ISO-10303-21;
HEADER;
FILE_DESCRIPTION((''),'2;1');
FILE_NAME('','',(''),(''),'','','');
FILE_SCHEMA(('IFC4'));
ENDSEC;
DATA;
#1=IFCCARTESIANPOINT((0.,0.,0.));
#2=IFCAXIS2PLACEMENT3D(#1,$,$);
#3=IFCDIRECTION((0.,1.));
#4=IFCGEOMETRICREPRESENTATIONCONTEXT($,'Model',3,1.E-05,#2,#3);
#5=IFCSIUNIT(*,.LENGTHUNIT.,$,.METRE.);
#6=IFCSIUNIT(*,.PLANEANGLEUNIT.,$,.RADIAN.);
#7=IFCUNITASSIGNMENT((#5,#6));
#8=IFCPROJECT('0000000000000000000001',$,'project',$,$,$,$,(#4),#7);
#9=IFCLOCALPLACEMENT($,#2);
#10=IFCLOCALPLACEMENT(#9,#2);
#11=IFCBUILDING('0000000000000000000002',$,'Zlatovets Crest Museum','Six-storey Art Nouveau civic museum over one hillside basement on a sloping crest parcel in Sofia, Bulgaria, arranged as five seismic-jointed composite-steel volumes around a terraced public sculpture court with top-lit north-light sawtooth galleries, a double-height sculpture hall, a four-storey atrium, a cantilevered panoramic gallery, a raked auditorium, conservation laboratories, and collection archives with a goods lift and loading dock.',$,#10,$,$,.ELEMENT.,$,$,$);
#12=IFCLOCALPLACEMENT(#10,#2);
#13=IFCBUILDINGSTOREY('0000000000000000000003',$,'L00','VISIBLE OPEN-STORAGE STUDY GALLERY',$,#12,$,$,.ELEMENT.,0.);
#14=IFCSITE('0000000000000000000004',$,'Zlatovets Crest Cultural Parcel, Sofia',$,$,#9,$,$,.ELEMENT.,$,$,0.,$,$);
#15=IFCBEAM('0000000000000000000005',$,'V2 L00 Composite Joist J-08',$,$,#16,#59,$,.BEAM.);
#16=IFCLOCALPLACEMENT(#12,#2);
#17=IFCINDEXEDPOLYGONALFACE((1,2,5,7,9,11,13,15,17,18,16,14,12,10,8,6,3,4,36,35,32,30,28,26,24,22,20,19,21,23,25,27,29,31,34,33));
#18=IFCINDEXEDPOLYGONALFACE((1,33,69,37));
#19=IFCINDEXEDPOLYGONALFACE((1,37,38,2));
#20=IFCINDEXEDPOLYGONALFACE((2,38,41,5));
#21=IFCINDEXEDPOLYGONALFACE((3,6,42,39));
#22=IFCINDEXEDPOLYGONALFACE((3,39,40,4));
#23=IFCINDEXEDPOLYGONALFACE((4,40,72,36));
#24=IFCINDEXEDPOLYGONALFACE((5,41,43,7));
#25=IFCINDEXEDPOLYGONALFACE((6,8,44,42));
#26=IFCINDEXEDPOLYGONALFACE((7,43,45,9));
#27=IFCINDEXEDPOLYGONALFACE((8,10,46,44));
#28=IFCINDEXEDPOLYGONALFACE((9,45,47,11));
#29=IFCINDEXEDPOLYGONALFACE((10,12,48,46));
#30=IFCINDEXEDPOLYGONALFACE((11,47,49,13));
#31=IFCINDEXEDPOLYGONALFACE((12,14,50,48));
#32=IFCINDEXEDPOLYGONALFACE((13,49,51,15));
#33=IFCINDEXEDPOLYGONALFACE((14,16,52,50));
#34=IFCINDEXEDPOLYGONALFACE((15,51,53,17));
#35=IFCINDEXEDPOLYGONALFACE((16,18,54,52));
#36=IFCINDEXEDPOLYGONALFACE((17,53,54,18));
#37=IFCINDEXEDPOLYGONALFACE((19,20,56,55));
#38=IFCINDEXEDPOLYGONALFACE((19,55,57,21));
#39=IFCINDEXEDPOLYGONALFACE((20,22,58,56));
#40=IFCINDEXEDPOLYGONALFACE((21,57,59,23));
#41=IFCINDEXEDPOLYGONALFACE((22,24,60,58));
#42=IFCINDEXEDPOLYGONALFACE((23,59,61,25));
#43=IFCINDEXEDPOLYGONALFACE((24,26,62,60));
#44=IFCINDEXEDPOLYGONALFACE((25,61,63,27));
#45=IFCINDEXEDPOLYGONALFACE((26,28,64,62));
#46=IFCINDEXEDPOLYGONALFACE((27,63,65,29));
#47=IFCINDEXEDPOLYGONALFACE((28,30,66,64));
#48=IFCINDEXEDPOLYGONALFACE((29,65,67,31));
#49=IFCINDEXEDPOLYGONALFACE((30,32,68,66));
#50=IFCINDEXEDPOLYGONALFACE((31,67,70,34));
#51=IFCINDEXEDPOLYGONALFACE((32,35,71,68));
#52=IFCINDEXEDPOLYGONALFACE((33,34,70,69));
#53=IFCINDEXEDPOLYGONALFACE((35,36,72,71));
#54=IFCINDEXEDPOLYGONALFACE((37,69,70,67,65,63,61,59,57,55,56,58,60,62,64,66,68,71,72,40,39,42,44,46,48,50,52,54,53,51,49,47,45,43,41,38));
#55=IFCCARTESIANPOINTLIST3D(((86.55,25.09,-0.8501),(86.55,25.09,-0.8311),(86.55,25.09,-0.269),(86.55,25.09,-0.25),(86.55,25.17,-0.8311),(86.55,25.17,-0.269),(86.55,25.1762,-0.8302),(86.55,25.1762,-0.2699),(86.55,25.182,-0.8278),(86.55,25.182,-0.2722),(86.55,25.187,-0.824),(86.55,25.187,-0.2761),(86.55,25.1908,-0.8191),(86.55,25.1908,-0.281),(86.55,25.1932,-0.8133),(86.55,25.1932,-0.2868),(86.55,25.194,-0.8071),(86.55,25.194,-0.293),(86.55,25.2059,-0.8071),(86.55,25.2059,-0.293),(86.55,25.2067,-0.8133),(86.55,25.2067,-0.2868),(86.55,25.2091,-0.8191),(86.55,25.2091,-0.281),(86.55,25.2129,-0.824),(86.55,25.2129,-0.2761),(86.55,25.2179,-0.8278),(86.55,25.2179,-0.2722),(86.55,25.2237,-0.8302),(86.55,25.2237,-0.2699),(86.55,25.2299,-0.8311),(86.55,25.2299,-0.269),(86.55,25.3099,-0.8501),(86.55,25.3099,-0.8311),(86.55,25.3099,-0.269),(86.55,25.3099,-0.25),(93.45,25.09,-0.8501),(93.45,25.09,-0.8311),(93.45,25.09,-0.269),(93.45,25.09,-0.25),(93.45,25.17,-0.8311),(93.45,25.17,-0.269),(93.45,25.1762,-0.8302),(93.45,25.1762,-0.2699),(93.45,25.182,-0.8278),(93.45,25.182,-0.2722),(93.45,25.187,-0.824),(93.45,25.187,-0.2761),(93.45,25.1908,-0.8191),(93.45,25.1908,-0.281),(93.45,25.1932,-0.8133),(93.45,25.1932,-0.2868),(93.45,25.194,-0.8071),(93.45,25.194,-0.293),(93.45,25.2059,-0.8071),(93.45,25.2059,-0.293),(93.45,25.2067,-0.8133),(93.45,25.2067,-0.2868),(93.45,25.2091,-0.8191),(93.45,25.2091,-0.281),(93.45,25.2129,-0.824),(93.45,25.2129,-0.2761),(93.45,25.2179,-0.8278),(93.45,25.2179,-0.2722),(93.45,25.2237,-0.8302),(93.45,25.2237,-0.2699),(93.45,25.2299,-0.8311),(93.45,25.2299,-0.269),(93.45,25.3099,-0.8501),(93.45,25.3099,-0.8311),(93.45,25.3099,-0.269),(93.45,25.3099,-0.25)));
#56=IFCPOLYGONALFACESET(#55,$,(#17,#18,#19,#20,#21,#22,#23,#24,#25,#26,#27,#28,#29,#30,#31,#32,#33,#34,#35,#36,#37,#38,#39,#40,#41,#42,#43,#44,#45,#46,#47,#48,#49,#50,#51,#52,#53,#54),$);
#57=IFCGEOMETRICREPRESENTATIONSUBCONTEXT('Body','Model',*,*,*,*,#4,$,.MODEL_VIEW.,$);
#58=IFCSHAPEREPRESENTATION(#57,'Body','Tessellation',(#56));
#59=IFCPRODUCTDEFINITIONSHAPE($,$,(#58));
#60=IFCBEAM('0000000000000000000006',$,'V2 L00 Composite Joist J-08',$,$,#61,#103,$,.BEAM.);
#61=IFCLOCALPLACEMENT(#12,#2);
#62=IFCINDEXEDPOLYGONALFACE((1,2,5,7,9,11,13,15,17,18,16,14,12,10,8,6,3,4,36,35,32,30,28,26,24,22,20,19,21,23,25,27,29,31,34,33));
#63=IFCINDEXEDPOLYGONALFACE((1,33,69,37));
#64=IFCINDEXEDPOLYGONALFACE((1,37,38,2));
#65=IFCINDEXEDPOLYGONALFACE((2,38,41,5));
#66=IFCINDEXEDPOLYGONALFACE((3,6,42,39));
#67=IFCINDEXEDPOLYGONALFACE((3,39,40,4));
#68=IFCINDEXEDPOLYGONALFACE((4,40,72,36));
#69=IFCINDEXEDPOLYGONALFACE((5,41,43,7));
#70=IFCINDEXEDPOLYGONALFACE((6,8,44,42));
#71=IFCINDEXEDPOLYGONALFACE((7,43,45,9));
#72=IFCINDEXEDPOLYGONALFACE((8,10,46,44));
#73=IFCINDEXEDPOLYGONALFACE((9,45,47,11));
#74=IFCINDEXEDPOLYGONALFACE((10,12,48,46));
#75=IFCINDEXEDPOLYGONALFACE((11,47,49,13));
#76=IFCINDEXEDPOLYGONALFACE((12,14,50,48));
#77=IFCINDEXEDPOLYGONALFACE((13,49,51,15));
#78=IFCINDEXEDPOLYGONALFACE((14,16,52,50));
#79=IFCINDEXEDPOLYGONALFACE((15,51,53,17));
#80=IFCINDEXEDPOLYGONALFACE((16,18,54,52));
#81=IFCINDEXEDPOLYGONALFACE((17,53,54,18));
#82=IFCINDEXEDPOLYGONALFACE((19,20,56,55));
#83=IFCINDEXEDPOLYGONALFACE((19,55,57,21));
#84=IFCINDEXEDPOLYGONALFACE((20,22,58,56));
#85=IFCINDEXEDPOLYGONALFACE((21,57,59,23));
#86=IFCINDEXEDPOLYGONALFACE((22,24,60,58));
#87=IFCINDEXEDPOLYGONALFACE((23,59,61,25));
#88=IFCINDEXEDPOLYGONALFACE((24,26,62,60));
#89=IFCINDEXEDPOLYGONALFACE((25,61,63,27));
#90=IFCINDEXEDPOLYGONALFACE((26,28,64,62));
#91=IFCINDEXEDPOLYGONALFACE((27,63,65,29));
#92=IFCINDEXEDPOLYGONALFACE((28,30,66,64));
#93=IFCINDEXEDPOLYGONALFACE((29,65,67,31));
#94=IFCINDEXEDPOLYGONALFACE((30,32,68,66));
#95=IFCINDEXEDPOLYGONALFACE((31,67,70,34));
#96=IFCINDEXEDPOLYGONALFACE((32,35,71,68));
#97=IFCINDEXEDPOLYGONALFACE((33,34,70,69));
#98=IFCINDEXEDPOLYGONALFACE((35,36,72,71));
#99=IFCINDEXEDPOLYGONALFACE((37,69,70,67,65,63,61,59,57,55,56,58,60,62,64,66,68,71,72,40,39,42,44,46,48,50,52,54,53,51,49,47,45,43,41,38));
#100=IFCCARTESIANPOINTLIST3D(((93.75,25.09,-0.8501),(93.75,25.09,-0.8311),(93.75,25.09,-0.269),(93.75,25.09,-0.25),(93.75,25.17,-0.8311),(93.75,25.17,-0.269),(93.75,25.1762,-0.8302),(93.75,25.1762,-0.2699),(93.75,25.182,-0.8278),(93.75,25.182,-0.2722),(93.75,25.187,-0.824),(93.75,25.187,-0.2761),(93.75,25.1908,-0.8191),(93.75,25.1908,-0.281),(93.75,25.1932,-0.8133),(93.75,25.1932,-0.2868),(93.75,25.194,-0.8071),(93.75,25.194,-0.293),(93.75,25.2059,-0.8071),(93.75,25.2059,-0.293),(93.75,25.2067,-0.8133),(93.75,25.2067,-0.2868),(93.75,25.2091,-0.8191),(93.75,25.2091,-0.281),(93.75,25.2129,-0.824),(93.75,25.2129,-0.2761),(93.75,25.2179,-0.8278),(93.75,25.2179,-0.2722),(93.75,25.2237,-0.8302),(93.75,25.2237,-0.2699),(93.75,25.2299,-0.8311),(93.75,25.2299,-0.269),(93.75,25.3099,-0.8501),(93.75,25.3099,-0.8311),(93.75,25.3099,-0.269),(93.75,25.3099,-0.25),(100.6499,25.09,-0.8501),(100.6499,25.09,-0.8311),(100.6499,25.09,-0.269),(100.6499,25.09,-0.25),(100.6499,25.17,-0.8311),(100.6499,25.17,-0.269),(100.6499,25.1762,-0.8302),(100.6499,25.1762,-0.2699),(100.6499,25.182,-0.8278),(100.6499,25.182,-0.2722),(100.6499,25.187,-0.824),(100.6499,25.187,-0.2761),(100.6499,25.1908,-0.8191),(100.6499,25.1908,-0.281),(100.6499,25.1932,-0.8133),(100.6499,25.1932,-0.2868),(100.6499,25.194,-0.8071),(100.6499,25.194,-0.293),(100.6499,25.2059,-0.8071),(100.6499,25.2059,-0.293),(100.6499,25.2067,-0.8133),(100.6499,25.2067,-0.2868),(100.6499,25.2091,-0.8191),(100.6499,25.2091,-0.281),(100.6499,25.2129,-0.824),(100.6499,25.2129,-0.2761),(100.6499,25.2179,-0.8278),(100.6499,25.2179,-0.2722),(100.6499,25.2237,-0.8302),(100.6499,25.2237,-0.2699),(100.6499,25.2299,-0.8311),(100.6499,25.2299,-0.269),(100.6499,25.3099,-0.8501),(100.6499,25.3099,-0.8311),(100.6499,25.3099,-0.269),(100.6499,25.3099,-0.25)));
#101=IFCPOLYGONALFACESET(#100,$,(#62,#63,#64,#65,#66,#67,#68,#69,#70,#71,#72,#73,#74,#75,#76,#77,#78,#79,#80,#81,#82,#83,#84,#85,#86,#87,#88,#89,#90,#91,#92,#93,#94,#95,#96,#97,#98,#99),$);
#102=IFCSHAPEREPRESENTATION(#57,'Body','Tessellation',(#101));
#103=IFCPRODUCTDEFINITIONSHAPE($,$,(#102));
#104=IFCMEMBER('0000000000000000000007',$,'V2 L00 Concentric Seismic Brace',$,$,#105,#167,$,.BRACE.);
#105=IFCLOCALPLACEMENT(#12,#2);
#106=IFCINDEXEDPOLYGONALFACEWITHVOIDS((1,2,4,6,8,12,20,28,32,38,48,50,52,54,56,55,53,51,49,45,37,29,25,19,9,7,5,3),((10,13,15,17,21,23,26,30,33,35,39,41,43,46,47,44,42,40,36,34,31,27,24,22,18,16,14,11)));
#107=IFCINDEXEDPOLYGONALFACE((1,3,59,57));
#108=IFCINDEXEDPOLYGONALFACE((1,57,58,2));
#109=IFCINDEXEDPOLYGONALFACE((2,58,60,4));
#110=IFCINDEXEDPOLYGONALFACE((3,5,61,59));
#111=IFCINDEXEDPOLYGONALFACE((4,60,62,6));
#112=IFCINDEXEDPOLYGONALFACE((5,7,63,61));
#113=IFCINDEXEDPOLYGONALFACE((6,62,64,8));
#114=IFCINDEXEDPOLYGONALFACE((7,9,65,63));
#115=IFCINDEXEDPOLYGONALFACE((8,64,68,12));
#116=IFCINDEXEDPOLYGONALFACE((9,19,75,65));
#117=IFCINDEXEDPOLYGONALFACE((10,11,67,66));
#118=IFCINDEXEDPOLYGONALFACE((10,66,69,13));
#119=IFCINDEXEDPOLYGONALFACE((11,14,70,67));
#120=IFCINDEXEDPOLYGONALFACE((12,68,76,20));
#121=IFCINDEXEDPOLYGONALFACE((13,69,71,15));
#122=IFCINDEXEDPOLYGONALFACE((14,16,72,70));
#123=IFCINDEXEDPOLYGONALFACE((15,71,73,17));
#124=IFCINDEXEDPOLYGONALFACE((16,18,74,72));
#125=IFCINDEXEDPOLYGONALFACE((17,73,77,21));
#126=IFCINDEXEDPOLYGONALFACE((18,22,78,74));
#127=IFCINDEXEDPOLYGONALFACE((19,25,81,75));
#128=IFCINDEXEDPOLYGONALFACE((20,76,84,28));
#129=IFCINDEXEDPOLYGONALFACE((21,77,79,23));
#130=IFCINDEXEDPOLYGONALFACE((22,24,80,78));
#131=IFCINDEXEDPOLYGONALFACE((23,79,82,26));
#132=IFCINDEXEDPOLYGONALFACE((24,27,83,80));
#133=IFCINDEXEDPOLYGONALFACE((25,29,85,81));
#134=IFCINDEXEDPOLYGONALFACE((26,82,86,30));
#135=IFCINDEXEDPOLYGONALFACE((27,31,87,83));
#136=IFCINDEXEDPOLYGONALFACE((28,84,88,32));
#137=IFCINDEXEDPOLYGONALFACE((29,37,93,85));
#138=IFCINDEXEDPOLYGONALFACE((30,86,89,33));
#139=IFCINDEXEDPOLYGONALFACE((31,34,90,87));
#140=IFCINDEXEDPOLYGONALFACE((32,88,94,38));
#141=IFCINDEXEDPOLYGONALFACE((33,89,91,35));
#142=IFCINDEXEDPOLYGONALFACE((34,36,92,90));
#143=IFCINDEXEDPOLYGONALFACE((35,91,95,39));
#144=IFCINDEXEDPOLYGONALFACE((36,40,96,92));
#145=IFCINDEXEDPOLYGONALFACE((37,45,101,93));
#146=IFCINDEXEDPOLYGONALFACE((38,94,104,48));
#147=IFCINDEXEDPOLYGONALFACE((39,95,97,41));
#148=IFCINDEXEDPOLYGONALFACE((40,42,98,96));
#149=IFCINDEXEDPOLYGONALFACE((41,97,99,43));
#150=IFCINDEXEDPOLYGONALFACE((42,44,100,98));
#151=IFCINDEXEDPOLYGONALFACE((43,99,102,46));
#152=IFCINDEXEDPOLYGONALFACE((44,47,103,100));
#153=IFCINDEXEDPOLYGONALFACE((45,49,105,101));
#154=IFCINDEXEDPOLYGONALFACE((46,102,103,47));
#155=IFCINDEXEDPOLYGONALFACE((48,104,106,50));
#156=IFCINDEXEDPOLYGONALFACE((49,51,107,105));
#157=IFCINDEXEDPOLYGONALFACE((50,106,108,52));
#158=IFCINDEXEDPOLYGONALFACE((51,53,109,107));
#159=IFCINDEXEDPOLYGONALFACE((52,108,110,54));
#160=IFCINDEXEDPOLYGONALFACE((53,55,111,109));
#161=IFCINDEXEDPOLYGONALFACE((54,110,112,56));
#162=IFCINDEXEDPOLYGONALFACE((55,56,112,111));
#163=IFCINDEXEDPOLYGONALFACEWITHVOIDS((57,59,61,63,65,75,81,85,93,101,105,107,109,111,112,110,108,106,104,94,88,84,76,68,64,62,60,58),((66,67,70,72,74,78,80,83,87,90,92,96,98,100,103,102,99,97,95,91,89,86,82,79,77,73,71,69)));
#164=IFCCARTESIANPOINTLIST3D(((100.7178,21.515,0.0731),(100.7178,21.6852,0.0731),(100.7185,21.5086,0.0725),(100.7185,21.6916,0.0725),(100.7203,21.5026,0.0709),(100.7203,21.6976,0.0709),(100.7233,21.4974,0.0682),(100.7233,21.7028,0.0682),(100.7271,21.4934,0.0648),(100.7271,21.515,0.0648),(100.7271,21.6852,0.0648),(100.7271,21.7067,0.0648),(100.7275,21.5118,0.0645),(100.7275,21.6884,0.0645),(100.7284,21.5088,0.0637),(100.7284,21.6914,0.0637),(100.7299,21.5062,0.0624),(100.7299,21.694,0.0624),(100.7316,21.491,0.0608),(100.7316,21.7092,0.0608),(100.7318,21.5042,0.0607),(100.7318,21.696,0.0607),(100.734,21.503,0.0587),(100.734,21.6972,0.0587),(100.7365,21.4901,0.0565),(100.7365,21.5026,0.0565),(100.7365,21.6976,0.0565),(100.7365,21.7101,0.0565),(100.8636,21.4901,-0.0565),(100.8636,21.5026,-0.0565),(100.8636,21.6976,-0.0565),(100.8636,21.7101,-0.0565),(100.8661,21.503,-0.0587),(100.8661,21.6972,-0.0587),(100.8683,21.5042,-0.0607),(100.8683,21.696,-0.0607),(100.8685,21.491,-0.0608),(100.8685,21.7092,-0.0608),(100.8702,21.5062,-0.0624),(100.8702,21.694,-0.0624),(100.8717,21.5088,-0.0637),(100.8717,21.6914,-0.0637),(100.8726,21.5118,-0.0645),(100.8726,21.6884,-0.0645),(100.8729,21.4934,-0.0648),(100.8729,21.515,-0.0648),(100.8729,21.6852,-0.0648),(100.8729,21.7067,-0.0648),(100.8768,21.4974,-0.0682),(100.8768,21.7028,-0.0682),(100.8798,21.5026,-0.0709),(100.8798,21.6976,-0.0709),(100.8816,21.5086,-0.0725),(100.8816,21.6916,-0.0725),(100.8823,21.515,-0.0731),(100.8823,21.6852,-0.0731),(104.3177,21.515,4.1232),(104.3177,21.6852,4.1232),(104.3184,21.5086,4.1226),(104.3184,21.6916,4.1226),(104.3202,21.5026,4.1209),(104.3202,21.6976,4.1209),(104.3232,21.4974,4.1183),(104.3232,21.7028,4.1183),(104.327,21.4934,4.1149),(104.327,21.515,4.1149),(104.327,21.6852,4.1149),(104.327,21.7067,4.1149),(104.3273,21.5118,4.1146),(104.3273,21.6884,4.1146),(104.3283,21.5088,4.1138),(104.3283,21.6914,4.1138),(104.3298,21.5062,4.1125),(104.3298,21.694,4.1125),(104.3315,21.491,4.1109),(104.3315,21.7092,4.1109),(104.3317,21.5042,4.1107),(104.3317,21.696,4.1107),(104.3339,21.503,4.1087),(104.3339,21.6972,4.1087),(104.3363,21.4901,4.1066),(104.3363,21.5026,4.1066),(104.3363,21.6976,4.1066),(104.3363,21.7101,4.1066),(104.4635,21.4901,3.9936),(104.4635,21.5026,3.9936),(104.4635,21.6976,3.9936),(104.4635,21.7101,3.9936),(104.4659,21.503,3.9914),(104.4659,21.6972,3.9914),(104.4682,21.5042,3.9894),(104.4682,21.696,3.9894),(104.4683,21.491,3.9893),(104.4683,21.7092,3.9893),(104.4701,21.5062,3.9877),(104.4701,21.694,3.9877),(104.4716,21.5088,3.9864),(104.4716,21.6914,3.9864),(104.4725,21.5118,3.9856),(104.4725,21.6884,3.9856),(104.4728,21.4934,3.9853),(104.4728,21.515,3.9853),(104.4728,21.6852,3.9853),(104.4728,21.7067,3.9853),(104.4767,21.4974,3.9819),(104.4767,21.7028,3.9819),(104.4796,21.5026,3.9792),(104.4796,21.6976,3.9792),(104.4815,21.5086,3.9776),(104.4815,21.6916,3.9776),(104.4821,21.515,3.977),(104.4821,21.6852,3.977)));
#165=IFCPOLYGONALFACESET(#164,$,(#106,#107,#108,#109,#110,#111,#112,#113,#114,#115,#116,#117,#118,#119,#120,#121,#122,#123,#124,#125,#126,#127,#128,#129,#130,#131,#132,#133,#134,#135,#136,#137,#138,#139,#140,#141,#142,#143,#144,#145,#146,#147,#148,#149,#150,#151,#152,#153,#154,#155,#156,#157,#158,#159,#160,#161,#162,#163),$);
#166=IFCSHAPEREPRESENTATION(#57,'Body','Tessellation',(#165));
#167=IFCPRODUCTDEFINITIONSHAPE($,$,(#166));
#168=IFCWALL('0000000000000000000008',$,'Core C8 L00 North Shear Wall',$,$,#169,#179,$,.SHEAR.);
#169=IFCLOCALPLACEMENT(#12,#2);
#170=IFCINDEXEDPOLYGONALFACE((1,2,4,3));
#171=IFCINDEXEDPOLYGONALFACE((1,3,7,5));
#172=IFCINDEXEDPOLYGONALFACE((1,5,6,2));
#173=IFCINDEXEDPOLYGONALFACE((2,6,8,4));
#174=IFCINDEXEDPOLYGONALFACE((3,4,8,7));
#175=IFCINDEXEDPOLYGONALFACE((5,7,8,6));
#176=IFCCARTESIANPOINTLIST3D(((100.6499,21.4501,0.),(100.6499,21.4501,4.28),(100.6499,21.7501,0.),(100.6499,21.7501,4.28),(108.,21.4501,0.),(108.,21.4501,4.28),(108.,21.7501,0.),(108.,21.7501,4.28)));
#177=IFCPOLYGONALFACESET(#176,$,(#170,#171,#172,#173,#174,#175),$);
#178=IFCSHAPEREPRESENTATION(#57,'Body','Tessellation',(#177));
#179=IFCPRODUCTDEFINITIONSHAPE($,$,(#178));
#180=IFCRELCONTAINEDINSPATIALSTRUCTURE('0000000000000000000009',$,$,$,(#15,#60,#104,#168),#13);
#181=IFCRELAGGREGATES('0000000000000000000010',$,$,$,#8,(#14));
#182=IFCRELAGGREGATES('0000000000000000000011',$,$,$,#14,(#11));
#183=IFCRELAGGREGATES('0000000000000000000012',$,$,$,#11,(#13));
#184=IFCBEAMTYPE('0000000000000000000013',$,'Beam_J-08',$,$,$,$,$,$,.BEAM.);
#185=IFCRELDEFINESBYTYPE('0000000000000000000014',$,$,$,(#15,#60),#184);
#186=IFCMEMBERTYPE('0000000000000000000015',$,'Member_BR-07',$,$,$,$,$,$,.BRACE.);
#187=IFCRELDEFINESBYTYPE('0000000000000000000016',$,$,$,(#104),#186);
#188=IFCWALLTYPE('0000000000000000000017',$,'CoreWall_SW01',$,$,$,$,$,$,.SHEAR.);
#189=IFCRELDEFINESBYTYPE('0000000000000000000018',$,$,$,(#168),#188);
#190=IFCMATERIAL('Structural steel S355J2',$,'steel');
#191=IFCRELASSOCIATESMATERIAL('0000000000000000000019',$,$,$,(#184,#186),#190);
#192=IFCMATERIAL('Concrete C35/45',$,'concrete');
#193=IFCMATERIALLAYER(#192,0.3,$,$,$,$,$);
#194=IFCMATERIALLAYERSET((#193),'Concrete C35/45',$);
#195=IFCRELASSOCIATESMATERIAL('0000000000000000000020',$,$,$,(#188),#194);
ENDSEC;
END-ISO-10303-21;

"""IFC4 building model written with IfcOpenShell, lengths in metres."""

from ifc_helpers import new_model, si_unit, direction, frame, frame_2d, origin, origin_2d, place, context, subcontext, project, spatial, rectangle, hollow_rectangle, i_section, extrude, material, layer, layer_set, material_profile, profile_set, type_object, element, save


model = new_model("IFC4")

# Units and contexts
model_context = context("Model", 3, precision=1e-05, world=origin(), true_north=direction((0.0, 1.0)))
body_context = subcontext(model_context, "Body", "Model", "MODEL_VIEW")
ifc_project = project(units=[si_unit("LENGTHUNIT", "METRE"), si_unit("PLANEANGLEUNIT", "RADIAN")], contexts=[model_context])

# Site, building, storey
site_placement = place(None, origin())
site = spatial("IfcSite", under=ifc_project, at=site_placement, Name="Zlatovets Crest Cultural Parcel, Sofia", CompositionType="ELEMENT", RefElevation=0.0)
building_placement = place(site_placement, origin())
building = spatial("IfcBuilding", under=site, at=building_placement, Name="Zlatovets Crest Museum", Description="Six-storey Art Nouveau civic museum over one hillside basement on a sloping crest parcel in Sofia, Bulgaria, arranged as five seismic-jointed composite-steel volumes around a terraced public sculpture court with top-lit north-light sawtooth galleries, a double-height sculpture hall, a four-storey atrium, a cantilevered panoramic gallery, a raked auditorium, conservation laboratories, and collection archives with a goods lift and loading dock.", CompositionType="ELEMENT")
storey_placement = place(building_placement, origin())
storey = spatial("IfcBuildingStorey", under=building, at=storey_placement, Name="L00", Description="VISIBLE OPEN-STORAGE STUDY GALLERY", CompositionType="ELEMENT", Elevation=0.0)

# Shared definitions
ifc_material_1 = material(Name="Structural steel S355J2", Category="steel")

# Beams
ifc_material_profile_1 = material_profile(ifc_material_1, i_section(OverallWidth=0.22, OverallDepth=0.6001, WebThickness=0.012, FlangeThickness=0.019, FilletRadius=0.0239, at=origin_2d()), Name="IPE 600")
ifc_profile_set_1 = profile_set([ifc_material_profile_1], Name="Structural steel S355J2")
beam_type_1 = type_object("IfcBeamType", Name="Beam_J-08", PredefinedType="BEAM", material=ifc_profile_set_1)
for number, where, z_axis, x_axis, name in (
    (1, (86.55, 25.2, -0.55), (1.0, 0.0, 0.0), (0.0, 1.0, 0.0), "V2 L00 Composite Joist J-08"),
    (2, (93.75, 25.2, -0.55), (1.0, 0.0, 0.0), (0.0, 1.0, 0.0), "V2 L00 Composite Joist J-08"),
):
    element("IfcBeam", number, at=place(storey_placement, frame(where, z_axis=z_axis, x_axis=x_axis)), inside=storey, type_object=beam_type_1, Name=name, PredefinedType="BEAM", context=body_context, shape_type="SweptSolid", body=[
        extrude(i_section(OverallWidth=0.22, OverallDepth=0.6001, WebThickness=0.012, FlangeThickness=0.019, FilletRadius=0.0239, at=origin_2d()), origin(), (0.0, 0.0, 1.0), 6.8999),
    ])

# Member
ifc_material_profile_2 = material_profile(ifc_material_1, hollow_rectangle(XDim=0.22, YDim=0.22, WallThickness=0.0125, InnerFilletRadius=0.0125, OuterFilletRadius=0.0249, at=origin_2d()), Name="SHS 220x220x12.5")
ifc_profile_set_2 = profile_set([ifc_material_profile_2], Name="Structural steel S355J2")
member_type = type_object("IfcMemberType", Name="Member_BR-07", PredefinedType="BRACE", material=ifc_profile_set_2)
member_placement = place(storey_placement, frame((100.8, 21.6001, 0.0), z_axis=(0.664344, 0.0, 0.747427), x_axis=(0.0, 1.0, 0.0)))
element("IfcMember", 3, at=member_placement, inside=storey, type_object=member_type, Name="V2 L00 Concentric Seismic Brace", PredefinedType="BRACE", context=body_context, shape_type="SweptSolid", body=[
    extrude(hollow_rectangle(XDim=0.22, YDim=0.22, WallThickness=0.0125, InnerFilletRadius=0.0125, OuterFilletRadius=0.0249, at=origin_2d()), origin(), (0.0, 0.0, 1.0), 5.4187),
])

# Wall
ifc_material_2 = material(Name="Concrete C35/45", Category="concrete")
ifc_layer_1 = layer(ifc_material_2, 0.3)
ifc_layer_set_1 = layer_set([ifc_layer_1], Name="Concrete C35/45")
wall_type_1 = type_object("IfcWallType", Name="CoreWall_SW01", PredefinedType="SHEAR", material=ifc_layer_set_1)
wall_1_placement = place(storey_placement, frame((100.6499, 21.6001, 0.0), z_axis=(0.0, 0.0, 1.0), x_axis=(1.0, 0.0, 0.0)))
element("IfcWall", 4, at=wall_1_placement, inside=storey, type_object=wall_type_1, Name="Core C8 L00 North Shear Wall", PredefinedType="SHEAR", context=body_context, shape_type="SweptSolid", body=[
    extrude(rectangle(XDim=7.3501, YDim=0.3, at=frame_2d((3.675, 0.0))), origin(), (0.0, 0.0, 1.0), 4.28),
])

save(model, "model.ifc")
